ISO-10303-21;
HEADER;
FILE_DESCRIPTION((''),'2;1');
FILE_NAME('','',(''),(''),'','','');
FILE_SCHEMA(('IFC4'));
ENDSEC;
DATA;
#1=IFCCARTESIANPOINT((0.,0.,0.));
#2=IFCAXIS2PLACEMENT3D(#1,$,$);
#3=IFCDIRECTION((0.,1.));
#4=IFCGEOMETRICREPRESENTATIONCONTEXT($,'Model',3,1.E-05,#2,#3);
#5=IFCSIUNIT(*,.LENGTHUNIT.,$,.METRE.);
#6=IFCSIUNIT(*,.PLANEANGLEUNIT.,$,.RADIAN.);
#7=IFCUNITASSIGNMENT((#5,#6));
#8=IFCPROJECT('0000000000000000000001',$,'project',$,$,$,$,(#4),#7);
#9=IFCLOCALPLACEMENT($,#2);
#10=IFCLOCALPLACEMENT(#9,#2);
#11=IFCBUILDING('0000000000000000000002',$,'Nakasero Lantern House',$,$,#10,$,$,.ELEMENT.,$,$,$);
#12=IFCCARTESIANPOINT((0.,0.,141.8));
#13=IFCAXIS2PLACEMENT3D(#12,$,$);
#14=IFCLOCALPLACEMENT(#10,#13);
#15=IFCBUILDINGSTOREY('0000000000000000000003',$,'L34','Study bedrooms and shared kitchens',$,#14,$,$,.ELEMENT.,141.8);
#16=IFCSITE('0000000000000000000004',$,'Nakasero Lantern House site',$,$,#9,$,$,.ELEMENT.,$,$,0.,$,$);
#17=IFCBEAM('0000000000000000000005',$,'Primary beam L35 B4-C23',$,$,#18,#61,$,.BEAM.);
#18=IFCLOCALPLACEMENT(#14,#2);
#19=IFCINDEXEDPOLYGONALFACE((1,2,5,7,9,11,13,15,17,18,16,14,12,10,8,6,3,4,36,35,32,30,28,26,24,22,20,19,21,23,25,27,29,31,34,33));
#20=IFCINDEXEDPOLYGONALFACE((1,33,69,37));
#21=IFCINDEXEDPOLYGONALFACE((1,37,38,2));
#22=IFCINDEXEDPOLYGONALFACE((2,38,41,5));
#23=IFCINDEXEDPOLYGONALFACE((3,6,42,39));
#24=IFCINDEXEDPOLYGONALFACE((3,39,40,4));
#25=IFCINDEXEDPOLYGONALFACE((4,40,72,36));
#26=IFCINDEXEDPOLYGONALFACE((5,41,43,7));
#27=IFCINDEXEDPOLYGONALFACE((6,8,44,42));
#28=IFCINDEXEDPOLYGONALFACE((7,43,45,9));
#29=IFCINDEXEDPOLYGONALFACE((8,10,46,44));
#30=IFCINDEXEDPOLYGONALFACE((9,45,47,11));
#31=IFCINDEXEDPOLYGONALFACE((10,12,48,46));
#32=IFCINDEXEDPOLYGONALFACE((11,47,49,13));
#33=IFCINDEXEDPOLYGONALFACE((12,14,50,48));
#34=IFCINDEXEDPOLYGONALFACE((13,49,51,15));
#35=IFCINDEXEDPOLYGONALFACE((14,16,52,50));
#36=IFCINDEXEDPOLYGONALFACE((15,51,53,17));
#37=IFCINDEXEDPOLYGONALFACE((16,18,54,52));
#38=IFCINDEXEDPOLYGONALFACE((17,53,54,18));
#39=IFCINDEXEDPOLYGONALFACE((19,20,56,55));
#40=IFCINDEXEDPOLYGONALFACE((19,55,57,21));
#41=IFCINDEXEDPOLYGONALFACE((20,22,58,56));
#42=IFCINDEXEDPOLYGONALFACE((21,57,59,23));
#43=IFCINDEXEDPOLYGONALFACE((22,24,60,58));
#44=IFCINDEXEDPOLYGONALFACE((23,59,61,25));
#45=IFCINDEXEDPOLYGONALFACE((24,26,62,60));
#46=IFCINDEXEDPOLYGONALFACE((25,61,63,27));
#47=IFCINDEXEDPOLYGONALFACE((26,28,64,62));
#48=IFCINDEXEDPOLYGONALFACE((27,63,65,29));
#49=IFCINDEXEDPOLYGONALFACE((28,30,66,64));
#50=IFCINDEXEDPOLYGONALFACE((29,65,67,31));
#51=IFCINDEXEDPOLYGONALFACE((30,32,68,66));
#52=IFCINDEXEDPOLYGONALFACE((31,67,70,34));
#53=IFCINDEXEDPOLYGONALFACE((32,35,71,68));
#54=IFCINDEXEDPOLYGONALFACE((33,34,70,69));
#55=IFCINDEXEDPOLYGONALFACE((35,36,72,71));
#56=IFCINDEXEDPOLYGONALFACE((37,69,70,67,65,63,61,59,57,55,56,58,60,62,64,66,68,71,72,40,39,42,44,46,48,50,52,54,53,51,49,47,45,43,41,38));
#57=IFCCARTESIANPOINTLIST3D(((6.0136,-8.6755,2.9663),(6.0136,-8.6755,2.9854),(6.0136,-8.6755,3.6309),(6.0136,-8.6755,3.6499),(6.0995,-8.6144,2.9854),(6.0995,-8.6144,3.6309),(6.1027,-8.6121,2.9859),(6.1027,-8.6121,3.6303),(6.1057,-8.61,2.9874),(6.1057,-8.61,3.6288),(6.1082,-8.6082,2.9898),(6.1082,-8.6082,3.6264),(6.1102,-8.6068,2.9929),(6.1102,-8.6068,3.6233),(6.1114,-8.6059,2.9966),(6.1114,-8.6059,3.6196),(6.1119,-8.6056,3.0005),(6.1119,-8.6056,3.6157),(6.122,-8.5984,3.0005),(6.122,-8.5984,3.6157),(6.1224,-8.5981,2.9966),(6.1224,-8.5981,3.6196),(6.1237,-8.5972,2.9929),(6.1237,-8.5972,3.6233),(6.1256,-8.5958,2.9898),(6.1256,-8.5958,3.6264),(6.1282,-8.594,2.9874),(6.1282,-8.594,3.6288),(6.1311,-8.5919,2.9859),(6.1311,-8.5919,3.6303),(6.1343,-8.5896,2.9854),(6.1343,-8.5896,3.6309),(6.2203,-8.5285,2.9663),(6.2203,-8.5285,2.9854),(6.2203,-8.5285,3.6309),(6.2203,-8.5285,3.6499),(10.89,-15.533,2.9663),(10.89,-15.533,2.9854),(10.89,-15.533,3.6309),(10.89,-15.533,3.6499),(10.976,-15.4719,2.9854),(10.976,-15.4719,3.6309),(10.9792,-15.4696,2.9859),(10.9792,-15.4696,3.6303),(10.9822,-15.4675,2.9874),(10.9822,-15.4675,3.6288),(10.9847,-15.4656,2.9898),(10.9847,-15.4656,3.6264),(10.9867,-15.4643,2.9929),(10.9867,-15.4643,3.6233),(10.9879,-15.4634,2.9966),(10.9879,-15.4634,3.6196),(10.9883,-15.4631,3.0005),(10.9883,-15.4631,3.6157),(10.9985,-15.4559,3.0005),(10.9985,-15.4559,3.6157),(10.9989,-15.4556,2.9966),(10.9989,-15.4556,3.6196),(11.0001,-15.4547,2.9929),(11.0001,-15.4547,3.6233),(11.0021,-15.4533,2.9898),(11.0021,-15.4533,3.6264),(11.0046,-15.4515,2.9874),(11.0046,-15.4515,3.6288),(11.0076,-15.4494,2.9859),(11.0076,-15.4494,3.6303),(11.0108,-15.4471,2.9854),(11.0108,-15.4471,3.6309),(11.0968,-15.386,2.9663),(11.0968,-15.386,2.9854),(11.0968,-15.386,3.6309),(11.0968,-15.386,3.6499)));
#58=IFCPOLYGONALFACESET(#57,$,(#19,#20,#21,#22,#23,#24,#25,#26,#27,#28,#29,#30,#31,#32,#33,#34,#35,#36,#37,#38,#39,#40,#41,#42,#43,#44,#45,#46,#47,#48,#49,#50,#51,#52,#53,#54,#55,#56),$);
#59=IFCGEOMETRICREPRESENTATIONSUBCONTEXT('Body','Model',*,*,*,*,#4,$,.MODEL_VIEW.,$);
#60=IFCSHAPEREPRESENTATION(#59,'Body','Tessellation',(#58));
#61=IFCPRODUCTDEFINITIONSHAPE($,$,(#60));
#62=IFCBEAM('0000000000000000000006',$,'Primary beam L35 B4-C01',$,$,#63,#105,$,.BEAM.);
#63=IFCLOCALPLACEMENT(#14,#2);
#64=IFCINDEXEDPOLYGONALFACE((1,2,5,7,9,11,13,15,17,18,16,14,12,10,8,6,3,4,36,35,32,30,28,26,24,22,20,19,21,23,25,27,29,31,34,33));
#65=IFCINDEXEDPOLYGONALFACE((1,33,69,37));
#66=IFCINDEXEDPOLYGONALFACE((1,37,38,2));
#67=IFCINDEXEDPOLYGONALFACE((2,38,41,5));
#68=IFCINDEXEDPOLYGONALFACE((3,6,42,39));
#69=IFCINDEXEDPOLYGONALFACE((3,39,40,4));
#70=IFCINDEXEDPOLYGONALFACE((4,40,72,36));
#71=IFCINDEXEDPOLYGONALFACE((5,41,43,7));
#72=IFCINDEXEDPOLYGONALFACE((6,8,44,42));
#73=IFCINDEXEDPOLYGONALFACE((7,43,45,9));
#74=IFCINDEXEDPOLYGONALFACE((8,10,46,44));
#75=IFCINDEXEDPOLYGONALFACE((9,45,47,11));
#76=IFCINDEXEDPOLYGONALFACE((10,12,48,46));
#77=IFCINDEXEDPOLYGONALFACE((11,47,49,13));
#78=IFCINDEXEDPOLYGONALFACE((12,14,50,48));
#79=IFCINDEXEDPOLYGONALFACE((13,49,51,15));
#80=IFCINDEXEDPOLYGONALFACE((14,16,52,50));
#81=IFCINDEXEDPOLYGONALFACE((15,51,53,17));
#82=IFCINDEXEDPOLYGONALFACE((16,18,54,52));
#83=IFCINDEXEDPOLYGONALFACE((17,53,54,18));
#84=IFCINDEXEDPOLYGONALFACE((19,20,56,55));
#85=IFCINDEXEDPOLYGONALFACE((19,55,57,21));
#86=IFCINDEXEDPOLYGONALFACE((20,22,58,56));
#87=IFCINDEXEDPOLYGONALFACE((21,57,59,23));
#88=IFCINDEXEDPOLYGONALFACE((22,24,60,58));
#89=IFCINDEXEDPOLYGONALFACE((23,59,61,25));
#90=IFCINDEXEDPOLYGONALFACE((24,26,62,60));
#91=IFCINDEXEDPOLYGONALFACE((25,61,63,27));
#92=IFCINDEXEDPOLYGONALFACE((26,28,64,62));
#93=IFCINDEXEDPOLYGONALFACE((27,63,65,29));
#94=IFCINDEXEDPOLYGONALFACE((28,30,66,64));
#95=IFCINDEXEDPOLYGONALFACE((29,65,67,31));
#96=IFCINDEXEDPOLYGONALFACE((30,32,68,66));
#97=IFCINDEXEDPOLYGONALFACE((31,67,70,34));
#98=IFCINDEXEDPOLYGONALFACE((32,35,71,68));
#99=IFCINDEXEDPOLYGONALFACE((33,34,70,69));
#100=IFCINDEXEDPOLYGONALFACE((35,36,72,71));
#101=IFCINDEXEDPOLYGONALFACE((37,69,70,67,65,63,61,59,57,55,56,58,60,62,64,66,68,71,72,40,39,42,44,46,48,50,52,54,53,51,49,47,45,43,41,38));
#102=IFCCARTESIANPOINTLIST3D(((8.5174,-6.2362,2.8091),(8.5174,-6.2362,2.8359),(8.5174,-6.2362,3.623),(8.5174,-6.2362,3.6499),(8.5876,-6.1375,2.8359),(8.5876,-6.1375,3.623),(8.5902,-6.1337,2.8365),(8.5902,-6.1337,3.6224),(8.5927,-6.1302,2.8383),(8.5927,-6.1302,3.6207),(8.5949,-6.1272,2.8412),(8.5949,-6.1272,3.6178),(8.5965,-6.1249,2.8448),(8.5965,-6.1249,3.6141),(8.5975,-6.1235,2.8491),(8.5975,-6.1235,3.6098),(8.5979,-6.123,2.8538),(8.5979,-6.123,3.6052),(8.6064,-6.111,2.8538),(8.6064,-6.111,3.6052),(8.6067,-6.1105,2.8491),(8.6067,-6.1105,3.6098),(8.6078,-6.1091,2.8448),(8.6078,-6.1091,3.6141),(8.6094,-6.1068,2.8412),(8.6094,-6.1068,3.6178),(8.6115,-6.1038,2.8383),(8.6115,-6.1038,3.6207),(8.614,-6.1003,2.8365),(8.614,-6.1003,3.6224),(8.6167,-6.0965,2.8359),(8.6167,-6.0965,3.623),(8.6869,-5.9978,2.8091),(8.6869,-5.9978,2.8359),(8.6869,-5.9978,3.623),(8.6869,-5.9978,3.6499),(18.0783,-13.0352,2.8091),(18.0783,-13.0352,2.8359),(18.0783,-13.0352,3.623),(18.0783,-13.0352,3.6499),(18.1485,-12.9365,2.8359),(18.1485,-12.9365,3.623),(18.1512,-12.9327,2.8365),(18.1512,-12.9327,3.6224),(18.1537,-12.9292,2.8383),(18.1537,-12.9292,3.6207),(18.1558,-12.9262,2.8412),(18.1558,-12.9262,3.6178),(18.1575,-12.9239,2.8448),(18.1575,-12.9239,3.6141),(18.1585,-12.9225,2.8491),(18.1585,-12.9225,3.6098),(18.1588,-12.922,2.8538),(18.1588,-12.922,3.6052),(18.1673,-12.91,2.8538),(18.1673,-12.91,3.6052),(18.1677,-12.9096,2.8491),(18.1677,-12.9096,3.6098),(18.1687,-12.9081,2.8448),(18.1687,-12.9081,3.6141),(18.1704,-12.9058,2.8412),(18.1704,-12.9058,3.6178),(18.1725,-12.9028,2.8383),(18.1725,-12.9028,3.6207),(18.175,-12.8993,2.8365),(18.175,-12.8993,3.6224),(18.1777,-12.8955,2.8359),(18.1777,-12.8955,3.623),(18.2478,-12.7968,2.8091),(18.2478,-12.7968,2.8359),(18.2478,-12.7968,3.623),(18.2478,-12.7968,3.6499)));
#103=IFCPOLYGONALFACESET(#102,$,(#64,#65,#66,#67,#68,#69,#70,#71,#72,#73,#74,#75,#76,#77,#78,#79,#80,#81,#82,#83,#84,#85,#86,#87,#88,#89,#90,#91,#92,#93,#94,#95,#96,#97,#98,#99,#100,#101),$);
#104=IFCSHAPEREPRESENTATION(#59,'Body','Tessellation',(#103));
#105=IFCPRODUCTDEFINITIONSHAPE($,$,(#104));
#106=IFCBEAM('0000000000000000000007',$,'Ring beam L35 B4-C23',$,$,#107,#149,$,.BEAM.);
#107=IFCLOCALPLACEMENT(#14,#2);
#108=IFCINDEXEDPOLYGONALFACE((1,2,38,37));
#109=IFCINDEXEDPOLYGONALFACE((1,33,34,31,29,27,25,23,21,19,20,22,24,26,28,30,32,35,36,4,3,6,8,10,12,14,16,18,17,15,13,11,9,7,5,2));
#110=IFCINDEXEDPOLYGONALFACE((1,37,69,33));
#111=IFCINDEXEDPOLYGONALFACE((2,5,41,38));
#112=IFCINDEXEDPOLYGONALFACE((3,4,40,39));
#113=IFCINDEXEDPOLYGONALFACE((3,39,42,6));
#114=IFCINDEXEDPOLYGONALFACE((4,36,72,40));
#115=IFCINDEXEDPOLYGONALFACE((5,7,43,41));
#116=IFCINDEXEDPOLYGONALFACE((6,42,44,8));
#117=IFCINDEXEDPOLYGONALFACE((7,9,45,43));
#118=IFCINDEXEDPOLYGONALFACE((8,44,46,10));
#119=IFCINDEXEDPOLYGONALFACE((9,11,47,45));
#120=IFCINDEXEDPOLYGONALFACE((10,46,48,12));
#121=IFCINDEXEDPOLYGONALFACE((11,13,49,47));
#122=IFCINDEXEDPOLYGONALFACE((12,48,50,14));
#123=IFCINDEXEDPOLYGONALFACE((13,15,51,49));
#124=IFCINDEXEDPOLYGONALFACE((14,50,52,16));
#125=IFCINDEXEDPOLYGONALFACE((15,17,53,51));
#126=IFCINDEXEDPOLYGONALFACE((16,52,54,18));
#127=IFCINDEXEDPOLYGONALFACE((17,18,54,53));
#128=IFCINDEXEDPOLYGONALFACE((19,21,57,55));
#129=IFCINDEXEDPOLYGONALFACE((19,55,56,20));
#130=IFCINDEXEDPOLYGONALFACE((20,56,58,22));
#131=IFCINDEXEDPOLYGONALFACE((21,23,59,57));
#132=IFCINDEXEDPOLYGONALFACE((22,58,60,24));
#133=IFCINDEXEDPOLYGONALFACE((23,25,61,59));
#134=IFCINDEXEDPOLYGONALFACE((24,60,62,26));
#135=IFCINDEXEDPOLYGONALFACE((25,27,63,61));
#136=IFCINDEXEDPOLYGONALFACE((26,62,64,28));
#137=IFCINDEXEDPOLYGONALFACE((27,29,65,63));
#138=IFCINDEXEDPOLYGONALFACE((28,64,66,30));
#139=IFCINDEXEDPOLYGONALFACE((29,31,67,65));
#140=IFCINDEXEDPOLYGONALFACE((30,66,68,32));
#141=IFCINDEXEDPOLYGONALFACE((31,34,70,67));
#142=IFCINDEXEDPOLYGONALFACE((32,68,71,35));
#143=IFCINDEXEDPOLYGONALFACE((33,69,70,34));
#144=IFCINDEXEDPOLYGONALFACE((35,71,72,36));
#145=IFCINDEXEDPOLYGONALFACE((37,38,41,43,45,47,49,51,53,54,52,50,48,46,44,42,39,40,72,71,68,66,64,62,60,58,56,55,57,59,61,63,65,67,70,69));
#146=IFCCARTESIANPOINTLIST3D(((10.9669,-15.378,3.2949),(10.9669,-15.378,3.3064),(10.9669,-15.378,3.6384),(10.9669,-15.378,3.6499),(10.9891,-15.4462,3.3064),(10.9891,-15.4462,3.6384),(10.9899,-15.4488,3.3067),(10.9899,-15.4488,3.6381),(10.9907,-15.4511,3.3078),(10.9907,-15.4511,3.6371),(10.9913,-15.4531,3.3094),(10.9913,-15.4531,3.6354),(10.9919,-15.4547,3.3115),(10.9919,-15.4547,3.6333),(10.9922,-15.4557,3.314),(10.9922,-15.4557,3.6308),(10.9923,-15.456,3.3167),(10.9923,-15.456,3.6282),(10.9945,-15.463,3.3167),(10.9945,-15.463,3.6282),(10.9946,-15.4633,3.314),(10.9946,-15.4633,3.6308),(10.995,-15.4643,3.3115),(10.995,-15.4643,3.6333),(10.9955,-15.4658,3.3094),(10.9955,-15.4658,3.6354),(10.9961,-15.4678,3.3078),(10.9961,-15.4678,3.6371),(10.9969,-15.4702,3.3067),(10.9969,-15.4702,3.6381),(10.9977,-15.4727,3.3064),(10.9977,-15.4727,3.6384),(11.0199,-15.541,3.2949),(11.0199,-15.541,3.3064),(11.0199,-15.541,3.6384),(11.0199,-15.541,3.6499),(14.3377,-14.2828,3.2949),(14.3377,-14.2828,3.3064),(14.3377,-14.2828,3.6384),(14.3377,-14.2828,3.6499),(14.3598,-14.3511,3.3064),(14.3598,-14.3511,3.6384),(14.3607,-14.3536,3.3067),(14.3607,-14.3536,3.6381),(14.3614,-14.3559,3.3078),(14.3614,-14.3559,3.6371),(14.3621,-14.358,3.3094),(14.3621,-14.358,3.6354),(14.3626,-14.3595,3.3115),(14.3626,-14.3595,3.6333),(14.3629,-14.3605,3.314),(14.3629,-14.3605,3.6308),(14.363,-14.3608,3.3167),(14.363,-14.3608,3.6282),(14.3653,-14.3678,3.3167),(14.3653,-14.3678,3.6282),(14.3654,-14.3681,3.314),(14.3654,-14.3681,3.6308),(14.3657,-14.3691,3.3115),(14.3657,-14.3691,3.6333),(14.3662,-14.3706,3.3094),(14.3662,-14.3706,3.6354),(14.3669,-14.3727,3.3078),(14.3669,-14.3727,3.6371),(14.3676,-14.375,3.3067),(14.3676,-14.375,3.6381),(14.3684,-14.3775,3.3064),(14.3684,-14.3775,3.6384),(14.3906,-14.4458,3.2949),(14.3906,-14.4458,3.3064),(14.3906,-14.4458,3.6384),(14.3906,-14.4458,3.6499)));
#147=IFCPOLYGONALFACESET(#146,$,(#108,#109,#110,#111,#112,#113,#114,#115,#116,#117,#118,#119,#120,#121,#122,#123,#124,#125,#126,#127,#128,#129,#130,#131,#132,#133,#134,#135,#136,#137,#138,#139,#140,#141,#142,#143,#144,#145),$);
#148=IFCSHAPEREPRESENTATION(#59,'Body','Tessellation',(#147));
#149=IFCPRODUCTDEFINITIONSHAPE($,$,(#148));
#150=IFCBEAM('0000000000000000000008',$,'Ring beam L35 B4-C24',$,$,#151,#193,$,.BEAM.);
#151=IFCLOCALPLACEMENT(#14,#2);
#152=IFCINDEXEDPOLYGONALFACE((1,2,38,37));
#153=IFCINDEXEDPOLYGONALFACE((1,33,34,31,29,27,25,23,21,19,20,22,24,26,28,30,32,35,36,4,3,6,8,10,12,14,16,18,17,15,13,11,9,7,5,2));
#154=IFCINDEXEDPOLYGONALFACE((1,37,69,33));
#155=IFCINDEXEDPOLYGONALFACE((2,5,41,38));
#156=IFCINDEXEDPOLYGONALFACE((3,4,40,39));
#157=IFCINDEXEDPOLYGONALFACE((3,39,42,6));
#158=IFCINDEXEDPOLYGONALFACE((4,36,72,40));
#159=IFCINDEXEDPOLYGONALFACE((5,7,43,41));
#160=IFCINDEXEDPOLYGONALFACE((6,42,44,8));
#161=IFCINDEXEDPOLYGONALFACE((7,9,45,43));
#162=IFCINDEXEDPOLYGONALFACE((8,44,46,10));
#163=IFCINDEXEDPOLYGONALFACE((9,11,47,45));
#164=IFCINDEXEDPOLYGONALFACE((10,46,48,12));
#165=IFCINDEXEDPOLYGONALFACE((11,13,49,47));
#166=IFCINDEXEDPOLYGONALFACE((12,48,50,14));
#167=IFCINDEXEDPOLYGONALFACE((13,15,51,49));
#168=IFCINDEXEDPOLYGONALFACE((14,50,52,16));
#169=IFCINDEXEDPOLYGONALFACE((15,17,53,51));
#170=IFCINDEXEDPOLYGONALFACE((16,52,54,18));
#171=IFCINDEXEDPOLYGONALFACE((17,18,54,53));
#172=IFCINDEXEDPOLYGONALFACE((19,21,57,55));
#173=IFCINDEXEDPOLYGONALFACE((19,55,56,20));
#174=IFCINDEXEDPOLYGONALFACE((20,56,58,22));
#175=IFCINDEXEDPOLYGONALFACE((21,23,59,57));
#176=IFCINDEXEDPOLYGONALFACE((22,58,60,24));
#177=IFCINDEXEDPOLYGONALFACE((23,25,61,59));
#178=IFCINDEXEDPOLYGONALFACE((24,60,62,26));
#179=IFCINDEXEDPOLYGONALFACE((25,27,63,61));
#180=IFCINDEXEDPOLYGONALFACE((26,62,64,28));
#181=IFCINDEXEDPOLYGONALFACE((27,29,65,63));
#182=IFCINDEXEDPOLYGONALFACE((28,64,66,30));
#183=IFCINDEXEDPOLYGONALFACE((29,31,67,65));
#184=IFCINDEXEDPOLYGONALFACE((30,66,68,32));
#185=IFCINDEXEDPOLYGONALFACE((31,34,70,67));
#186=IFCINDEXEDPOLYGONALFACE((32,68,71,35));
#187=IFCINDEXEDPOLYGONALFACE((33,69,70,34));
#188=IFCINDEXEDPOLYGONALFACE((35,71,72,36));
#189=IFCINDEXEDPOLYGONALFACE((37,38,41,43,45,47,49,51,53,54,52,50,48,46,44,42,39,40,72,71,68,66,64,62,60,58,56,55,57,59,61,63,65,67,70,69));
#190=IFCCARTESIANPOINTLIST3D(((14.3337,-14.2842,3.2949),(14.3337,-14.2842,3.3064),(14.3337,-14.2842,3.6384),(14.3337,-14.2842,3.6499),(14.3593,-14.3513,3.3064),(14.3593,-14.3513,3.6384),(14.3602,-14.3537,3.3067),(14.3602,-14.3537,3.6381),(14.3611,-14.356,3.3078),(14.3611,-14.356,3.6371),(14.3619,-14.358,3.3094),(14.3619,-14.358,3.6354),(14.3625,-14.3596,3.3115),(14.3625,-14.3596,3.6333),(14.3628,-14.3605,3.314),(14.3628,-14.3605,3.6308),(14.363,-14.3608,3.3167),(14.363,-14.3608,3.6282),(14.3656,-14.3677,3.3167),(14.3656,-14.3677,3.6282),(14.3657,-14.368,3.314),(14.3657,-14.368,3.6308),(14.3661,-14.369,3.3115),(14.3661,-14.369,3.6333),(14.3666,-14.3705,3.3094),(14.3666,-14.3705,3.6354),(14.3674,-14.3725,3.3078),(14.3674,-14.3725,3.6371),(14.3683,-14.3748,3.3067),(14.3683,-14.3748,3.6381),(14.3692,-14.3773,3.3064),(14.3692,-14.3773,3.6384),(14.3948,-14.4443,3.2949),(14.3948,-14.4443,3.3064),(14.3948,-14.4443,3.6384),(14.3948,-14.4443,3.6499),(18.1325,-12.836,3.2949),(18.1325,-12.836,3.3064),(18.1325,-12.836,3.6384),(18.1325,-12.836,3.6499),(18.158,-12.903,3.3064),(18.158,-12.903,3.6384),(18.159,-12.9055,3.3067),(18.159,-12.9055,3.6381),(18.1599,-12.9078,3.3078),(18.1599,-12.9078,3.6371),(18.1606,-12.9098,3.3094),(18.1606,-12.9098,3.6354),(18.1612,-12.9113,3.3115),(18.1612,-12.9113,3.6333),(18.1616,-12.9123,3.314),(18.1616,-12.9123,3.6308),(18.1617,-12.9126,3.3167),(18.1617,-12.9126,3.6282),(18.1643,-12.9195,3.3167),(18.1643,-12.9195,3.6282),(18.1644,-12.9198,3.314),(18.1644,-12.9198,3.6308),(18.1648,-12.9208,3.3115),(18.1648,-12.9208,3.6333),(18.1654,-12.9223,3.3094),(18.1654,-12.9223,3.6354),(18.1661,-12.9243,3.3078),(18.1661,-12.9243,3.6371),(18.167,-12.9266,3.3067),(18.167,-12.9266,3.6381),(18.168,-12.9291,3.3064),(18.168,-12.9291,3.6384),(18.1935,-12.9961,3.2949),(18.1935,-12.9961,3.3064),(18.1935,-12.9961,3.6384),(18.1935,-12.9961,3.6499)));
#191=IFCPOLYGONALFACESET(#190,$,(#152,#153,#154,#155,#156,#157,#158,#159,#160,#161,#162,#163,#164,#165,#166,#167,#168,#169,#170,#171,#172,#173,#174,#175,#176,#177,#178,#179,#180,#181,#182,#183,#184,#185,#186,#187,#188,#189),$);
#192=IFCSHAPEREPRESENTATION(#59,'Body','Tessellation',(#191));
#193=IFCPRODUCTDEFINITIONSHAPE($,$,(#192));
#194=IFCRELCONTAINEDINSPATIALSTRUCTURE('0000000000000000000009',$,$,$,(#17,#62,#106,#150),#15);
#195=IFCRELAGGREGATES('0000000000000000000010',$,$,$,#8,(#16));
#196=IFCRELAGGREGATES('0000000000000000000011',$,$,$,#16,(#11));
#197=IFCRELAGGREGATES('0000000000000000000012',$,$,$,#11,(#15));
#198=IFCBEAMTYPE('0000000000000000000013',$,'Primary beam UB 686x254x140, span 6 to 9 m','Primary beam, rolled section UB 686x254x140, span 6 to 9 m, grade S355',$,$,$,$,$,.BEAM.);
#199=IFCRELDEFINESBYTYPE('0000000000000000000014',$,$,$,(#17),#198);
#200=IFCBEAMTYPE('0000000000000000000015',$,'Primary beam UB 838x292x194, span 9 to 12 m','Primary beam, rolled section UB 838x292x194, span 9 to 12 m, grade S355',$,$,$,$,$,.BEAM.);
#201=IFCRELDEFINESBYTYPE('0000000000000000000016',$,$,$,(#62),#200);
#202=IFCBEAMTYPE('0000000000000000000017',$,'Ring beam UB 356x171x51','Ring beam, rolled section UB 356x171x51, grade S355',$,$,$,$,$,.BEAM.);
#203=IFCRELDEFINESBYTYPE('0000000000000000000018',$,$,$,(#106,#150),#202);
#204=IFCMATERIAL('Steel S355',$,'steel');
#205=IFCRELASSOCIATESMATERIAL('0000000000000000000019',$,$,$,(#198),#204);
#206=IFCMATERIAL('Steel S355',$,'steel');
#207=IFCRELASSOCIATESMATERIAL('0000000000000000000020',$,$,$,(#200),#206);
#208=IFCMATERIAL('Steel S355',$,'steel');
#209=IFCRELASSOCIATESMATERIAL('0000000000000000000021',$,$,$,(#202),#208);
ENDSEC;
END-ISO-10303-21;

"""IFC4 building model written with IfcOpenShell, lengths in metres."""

from ifc_helpers import new_model, si_unit, direction, frame, origin, origin_2d, place, context, subcontext, project, spatial, i_section, extrude, material, material_profile, profile_set, type_object, element, save


model = new_model("IFC4")

# Units and contexts
model_context = context("Model", 3, precision=1e-05, world=origin(), true_north=direction((0.0, 1.0)))
body_context = subcontext(model_context, "Body", "Model", "MODEL_VIEW")
ifc_project = project(units=[si_unit("LENGTHUNIT", "METRE"), si_unit("PLANEANGLEUNIT", "RADIAN")], contexts=[model_context])

# Site, building, storey
site_placement = place(None, origin())
site = spatial("IfcSite", under=ifc_project, at=site_placement, Name="Nakasero Lantern House site", CompositionType="ELEMENT", RefElevation=0.0)
building_placement = place(site_placement, origin())
building = spatial("IfcBuilding", under=site, at=building_placement, Name="Nakasero Lantern House", CompositionType="ELEMENT")
storey_placement = place(building_placement, frame((0.0, 0.0, 141.8)))
storey = spatial("IfcBuildingStorey", under=building, at=storey_placement, Name="L34", Description="Study bedrooms and shared kitchens", CompositionType="ELEMENT", Elevation=141.8)

# Beams
ifc_material_1 = material(Name="Steel S355", Category="steel")
ifc_material_profile_1 = material_profile(ifc_material_1, i_section(OverallWidth=0.2537, OverallDepth=0.6836, WebThickness=0.0125, FlangeThickness=0.019, FilletRadius=0.0151, at=origin_2d()), Name="UB 686x254x140")
ifc_profile_set_1 = profile_set([ifc_material_profile_1], Name="Steel S355")
beam_type_1 = type_object("IfcBeamType", Name="Primary beam UB 686x254x140, span 6 to 9 m", Description="Primary beam, rolled section UB 686x254x140, span 6 to 9 m, grade S355", PredefinedType="BEAM", material=ifc_profile_set_1)
beam_1_placement = place(storey_placement, frame((10.9934, -15.4595, 3.3081), z_axis=(-0.57953, 0.814951, 0.0), x_axis=(-0.814951, -0.57953, 0.0)))
element("IfcBeam", 1, at=beam_1_placement, inside=storey, type_object=beam_type_1, Name="Primary beam L35 B4-C23", PredefinedType="BEAM", context=body_context, shape_type="SweptSolid", body=[
    extrude(i_section(OverallWidth=0.2537, OverallDepth=0.6836, WebThickness=0.0125, FlangeThickness=0.019, FilletRadius=0.0151, at=origin_2d()), origin(), (0.0, 0.0, 1.0), 8.4146),
])
ifc_material_2 = material(Name="Steel S355", Category="steel")
ifc_material_profile_2 = material_profile(ifc_material_2, i_section(OverallWidth=0.2925, OverallDepth=0.8408, WebThickness=0.0146, FlangeThickness=0.0269, FilletRadius=0.0178, at=origin_2d()), Name="UB 838x292x194")
ifc_profile_set_2 = profile_set([ifc_material_profile_2], Name="Steel S355")
beam_type_2 = type_object("IfcBeamType", Name="Primary beam UB 838x292x194, span 9 to 12 m", Description="Primary beam, rolled section UB 838x292x194, span 9 to 12 m, grade S355", PredefinedType="BEAM", material=ifc_profile_set_2)
beam_2_placement = place(storey_placement, frame((18.1631, -12.916, 3.2295), z_axis=(-0.814951, 0.57953, 0.0), x_axis=(-0.57953, -0.814951, 0.0)))
element("IfcBeam", 2, at=beam_2_placement, inside=storey, type_object=beam_type_2, Name="Primary beam L35 B4-C01", PredefinedType="BEAM", context=body_context, shape_type="SweptSolid", body=[
    extrude(i_section(OverallWidth=0.2925, OverallDepth=0.8408, WebThickness=0.0146, FlangeThickness=0.0269, FilletRadius=0.0178, at=origin_2d()), origin(), (0.0, 0.0, 1.0), 11.7319),
])
ifc_material_3 = material(Name="Steel S355", Category="steel")
ifc_material_profile_3 = material_profile(ifc_material_3, i_section(OverallWidth=0.1714, OverallDepth=0.355, WebThickness=0.0073, FlangeThickness=0.0115, FilletRadius=0.0103, at=origin_2d()), Name="UB 356x171x51")
ifc_profile_set_3 = profile_set([ifc_material_profile_3], Name="Steel S355")
beam_type_3 = type_object("IfcBeamType", Name="Ring beam UB 356x171x51", Description="Ring beam, rolled section UB 356x171x51, grade S355", PredefinedType="BEAM", material=ifc_profile_set_3)
beam_3_placement = place(storey_placement, frame((10.9934, -15.4595, 3.4724), z_axis=(0.95106, 0.309007, 0.0), x_axis=(-0.309007, 0.95106, 0.0)))
element("IfcBeam", 3, at=beam_3_placement, inside=storey, type_object=beam_type_3, Name="Ring beam L35 B4-C23", PredefinedType="BEAM", context=body_context, shape_type="SweptSolid", body=[
    extrude(i_section(OverallWidth=0.1714, OverallDepth=0.355, WebThickness=0.0073, FlangeThickness=0.0115, FilletRadius=0.0103, at=origin_2d()), origin(), (0.0, 0.0, 1.0), 3.5442),
])
beam_4_placement = place(storey_placement, frame((14.3643, -14.3643, 3.4724), z_axis=(0.9344, 0.356225, 0.0), x_axis=(-0.356225, 0.9344, 0.0)))
element("IfcBeam", 4, at=beam_4_placement, inside=storey, type_object=beam_type_3, Name="Ring beam L35 B4-C24", PredefinedType="BEAM", context=body_context, shape_type="SweptSolid", body=[
    extrude(i_section(OverallWidth=0.1714, OverallDepth=0.355, WebThickness=0.0073, FlangeThickness=0.0115, FilletRadius=0.0103, at=origin_2d()), origin(), (0.0, 0.0, 1.0), 4.0654),
])

save(model, "model.ifc")
